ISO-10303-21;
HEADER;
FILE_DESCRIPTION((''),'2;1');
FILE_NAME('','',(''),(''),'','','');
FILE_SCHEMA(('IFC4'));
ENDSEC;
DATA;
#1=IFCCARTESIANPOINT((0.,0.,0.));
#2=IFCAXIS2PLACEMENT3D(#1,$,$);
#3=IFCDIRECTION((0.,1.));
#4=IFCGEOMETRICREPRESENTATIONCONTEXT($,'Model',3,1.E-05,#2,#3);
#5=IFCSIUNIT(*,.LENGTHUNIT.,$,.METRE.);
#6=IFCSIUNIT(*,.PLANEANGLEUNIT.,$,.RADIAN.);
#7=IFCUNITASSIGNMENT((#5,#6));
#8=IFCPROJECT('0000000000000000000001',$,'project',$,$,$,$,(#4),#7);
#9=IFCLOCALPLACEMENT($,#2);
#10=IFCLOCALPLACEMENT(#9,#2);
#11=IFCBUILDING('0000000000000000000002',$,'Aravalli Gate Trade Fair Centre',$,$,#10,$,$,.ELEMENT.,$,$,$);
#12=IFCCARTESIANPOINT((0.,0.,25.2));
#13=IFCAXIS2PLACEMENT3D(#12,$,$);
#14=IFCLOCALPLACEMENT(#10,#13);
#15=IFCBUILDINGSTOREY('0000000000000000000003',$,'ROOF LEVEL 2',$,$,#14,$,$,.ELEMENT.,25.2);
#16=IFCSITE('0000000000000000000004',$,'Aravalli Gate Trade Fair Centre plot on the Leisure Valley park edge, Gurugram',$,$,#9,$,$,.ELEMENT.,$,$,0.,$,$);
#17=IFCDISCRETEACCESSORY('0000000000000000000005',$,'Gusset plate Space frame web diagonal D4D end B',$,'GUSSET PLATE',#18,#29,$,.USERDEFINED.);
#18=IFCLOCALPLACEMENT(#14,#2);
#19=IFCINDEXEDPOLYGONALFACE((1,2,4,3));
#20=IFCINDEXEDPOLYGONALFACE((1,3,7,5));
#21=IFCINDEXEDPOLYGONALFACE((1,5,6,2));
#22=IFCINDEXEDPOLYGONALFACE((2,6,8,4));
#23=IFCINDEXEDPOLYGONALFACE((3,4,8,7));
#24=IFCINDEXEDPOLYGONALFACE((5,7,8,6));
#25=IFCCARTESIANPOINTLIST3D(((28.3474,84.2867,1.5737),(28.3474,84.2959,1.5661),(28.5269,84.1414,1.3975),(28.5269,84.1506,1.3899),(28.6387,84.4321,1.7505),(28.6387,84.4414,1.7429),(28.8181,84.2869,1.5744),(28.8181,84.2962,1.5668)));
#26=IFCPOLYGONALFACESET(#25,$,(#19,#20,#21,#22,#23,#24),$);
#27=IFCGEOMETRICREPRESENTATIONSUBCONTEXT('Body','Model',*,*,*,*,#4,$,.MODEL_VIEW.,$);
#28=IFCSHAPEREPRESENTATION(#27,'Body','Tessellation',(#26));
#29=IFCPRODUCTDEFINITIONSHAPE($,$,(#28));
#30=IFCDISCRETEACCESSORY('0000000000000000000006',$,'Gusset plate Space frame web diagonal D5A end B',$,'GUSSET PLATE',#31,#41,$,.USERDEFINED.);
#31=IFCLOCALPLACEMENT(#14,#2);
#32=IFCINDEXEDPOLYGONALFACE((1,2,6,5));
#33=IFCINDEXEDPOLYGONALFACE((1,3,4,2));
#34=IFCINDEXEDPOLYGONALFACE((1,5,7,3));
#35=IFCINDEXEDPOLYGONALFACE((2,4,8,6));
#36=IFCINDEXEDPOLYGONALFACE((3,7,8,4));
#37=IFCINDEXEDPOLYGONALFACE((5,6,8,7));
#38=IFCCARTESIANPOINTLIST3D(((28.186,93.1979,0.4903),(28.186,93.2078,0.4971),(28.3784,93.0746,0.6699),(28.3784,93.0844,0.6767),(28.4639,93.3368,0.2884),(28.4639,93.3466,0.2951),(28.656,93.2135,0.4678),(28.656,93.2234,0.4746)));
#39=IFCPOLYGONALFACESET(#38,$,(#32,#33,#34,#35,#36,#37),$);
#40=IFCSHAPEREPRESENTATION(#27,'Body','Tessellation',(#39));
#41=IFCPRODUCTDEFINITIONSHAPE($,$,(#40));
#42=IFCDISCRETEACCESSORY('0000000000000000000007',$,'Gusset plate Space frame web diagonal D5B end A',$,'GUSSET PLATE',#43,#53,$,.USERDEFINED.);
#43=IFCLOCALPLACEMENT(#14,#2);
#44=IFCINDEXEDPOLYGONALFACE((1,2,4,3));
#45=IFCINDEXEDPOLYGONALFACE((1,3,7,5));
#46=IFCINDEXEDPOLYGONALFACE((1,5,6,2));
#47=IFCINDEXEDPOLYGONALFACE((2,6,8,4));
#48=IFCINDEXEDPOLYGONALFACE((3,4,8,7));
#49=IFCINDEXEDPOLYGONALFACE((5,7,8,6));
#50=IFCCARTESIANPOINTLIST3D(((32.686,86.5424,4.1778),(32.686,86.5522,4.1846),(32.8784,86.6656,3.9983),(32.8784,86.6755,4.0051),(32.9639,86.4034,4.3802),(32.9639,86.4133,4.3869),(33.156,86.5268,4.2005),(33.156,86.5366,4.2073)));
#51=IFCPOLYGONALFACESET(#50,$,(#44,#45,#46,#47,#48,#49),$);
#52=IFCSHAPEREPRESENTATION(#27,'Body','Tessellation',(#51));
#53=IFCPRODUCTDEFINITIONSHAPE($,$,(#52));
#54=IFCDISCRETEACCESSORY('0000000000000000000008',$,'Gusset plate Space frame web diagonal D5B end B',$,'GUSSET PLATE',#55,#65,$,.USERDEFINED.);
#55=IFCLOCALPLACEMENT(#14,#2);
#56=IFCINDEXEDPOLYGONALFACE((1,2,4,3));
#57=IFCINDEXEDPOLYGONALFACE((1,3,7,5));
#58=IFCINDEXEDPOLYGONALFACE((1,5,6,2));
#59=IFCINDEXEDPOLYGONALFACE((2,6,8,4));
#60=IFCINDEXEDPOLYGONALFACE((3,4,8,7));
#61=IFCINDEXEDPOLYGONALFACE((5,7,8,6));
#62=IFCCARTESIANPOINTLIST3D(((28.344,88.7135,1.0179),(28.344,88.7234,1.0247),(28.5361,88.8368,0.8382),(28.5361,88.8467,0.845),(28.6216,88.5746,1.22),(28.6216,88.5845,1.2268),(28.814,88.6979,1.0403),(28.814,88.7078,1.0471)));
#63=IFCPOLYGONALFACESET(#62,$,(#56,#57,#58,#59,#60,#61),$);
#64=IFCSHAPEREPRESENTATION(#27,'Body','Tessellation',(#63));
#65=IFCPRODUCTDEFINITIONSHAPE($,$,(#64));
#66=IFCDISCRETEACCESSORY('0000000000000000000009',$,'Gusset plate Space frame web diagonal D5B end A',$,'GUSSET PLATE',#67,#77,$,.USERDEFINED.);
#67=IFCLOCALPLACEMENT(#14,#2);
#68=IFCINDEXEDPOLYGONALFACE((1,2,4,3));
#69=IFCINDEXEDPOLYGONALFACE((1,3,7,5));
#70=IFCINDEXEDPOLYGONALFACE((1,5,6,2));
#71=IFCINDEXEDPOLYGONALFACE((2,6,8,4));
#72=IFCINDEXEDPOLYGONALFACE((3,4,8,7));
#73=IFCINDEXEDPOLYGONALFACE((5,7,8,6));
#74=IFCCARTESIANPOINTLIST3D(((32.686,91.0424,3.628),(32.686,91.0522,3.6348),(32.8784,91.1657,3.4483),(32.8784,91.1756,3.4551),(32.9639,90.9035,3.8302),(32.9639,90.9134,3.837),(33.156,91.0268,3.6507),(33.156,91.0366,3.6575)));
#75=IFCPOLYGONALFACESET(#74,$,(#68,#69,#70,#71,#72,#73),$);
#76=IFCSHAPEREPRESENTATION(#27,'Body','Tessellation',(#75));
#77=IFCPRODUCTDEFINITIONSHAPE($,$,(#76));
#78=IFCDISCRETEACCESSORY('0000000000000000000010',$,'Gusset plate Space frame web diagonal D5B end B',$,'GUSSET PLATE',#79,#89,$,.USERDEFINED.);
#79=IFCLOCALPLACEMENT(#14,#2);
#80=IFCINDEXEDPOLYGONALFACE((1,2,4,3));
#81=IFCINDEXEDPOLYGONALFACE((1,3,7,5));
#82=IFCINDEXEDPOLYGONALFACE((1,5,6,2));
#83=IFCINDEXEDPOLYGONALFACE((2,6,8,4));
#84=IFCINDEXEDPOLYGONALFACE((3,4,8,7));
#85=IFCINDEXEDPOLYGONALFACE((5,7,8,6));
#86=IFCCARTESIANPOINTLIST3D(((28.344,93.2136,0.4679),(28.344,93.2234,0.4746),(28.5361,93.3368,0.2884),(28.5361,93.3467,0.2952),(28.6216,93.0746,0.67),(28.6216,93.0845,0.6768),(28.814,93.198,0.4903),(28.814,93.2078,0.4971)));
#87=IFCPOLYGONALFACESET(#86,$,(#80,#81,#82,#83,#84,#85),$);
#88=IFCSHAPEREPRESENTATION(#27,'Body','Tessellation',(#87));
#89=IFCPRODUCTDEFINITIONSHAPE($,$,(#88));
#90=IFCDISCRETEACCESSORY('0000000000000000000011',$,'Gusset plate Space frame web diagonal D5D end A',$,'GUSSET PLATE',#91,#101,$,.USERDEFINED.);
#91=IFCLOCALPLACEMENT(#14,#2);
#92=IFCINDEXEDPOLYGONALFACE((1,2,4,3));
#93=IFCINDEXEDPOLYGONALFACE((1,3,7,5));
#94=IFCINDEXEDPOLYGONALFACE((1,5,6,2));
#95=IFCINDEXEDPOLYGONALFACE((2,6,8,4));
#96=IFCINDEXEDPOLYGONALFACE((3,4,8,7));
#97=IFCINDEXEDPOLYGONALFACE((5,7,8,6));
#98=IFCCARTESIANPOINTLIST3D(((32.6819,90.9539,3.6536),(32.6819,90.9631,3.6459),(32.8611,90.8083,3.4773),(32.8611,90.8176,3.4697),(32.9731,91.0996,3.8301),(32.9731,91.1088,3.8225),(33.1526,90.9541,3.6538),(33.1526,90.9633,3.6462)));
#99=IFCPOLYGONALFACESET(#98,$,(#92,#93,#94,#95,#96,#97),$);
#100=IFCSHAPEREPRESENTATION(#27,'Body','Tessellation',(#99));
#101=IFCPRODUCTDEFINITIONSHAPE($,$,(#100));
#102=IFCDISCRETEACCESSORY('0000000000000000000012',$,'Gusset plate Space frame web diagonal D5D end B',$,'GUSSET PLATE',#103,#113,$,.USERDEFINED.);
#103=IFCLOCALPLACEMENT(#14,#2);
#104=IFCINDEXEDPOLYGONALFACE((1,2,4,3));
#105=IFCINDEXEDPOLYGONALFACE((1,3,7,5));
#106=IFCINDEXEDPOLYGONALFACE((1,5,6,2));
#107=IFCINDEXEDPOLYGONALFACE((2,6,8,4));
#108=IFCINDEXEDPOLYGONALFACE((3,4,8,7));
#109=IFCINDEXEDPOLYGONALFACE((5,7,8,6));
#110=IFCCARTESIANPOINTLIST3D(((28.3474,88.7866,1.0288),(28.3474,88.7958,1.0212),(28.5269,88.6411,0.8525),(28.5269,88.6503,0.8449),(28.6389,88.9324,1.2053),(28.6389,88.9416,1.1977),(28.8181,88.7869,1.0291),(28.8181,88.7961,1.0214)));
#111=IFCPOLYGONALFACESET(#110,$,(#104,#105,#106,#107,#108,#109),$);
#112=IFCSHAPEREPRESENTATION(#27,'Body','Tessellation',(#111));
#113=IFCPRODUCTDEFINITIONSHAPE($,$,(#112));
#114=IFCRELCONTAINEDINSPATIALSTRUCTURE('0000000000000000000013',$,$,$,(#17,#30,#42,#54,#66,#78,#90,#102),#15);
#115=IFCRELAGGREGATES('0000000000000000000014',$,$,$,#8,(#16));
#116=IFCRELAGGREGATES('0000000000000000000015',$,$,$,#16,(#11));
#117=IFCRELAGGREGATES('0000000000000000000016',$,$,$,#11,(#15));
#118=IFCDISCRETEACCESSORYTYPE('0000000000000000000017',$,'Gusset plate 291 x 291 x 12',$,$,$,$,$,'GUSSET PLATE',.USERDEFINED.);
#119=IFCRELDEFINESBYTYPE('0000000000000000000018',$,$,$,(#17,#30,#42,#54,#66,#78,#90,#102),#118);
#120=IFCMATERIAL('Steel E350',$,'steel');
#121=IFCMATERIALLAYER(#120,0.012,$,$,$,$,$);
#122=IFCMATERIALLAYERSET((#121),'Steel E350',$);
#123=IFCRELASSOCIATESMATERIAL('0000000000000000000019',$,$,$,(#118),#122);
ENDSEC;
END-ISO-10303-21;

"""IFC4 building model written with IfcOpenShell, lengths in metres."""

from ifc_helpers import new_model, si_unit, direction, frame, origin, place, context, subcontext, project, spatial, polyline, outline, extrude, material, layer, layer_set, type_object, element, save


model = new_model("IFC4")

# Units and contexts
model_context = context("Model", 3, precision=1e-05, world=origin(), true_north=direction((0.0, 1.0)))
body_context = subcontext(model_context, "Body", "Model", "MODEL_VIEW")
ifc_project = project(units=[si_unit("LENGTHUNIT", "METRE"), si_unit("PLANEANGLEUNIT", "RADIAN")], contexts=[model_context])

# Site, building, storey
site_placement = place(None, origin())
site = spatial("IfcSite", under=ifc_project, at=site_placement, Name="Aravalli Gate Trade Fair Centre plot on the Leisure Valley park edge, Gurugram", CompositionType="ELEMENT", RefElevation=0.0)
building_placement = place(site_placement, origin())
building = spatial("IfcBuilding", under=site, at=building_placement, Name="Aravalli Gate Trade Fair Centre", CompositionType="ELEMENT")
storey_placement = place(building_placement, frame((0.0, 0.0, 25.2)))
storey = spatial("IfcBuildingStorey", under=building, at=storey_placement, Name="ROOF LEVEL 2", CompositionType="ELEMENT", Elevation=25.2)

# Shared definitions
ifc_material_1 = material(Name="Steel E350", Category="steel")

# Discrete accessories
ifc_layer_1 = layer(ifc_material_1, 0.012)
ifc_layer_set_1 = layer_set([ifc_layer_1], Name="Steel E350")
discrete_accessory_type = type_object("IfcDiscreteAccessoryType", Name="Gusset plate 291 x 291 x 12", ElementType="GUSSET PLATE", PredefinedType="USERDEFINED", material=ifc_layer_set_1)
discrete_accessory_1_placement = place(storey_placement, frame((28.6387, 84.4321, 1.7505), z_axis=(-0.000589, -0.771792, 0.635874), x_axis=(-0.78619, -0.392604, -0.477251)))
element("IfcDiscreteAccessory", 1, at=discrete_accessory_1_placement, inside=storey, type_object=discrete_accessory_type, Name="Gusset plate Space frame web diagonal D4D end B", ObjectType="GUSSET PLATE", PredefinedType="USERDEFINED", context=body_context, shape_type="SweptSolid", body=[
    extrude(outline(polyline([(0.0, 0.0), (0.3705, 0.0), (0.3705, 0.2905), (0.0, 0.2903), (0.0, 0.0)])), origin(), (0.0, 0.0, -1.0), 0.012),
])
discrete_accessory_2_placement = place(storey_placement, frame((28.186, 93.2078, 0.4971), z_axis=(-0.000339, 0.824216, 0.566276), x_axis=(0.749929, 0.374811, -0.545089)))
element("IfcDiscreteAccessory", 2, at=discrete_accessory_2_placement, inside=storey, type_object=discrete_accessory_type, Name="Gusset plate Space frame web diagonal D5A end B", ObjectType="GUSSET PLATE", PredefinedType="USERDEFINED", context=body_context, shape_type="SweptSolid", body=[
    extrude(outline(polyline([(0.0, 0.0), (0.3705, 0.0), (0.3705, -0.2904), (0.0001, -0.2907), (0.0, 0.0)])), origin(), (0.0, 0.0, -1.0), 0.012),
])
discrete_accessory_3_placement = place(storey_placement, frame((32.686, 86.5522, 4.1846), z_axis=(0.000059, 0.824356, 0.566072), x_axis=(0.749391, -0.374849, 0.545804)))
element("IfcDiscreteAccessory", 3, at=discrete_accessory_3_placement, inside=storey, type_object=discrete_accessory_type, Name="Gusset plate Space frame web diagonal D5B end A", ObjectType="GUSSET PLATE", PredefinedType="USERDEFINED", context=body_context, shape_type="SweptSolid", body=[
    extrude(outline(polyline([(0.0, 0.0), (0.3707, 0.0), (0.3704, 0.2905), (0.0, 0.2905), (0.0, 0.0)])), origin(), (0.0, 0.0, -1.0), 0.012),
])
discrete_accessory_4_placement = place(storey_placement, frame((28.6216, 88.5845, 1.2268), z_axis=(0.000356, 0.824387, 0.566027), x_axis=(-0.749371, 0.375015, -0.545716)))
element("IfcDiscreteAccessory", 4, at=discrete_accessory_4_placement, inside=storey, type_object=discrete_accessory_type, Name="Gusset plate Space frame web diagonal D5B end B", ObjectType="GUSSET PLATE", PredefinedType="USERDEFINED", context=body_context, shape_type="SweptSolid", body=[
    extrude(outline(polyline([(0.0, 0.0), (0.3704, 0.0), (0.3707, -0.2905), (0.0001, -0.2907), (0.0, 0.0)])), origin(), (0.0, 0.0, -1.0), 0.012),
])
discrete_accessory_5_placement = place(storey_placement, frame((32.686, 91.0522, 3.6348), z_axis=(0.000059, 0.824356, 0.566072), x_axis=(0.74966, -0.374676, 0.545552)))
element("IfcDiscreteAccessory", 5, at=discrete_accessory_5_placement, inside=storey, type_object=discrete_accessory_type, Name="Gusset plate Space frame web diagonal D5B end A", ObjectType="GUSSET PLATE", PredefinedType="USERDEFINED", context=body_context, shape_type="SweptSolid", body=[
    extrude(outline(polyline([(0.0, 0.0), (0.3706, 0.0), (0.3706, 0.2904), (0.0, 0.2907), (0.0, 0.0)])), origin(), (0.0, 0.0, -1.0), 0.012),
])
discrete_accessory_6_placement = place(storey_placement, frame((28.6216, 93.0845, 0.6768), z_axis=(0.000339, 0.824216, 0.566276), x_axis=(-0.749371, 0.375169, -0.545611)))
element("IfcDiscreteAccessory", 6, at=discrete_accessory_6_placement, inside=storey, type_object=discrete_accessory_type, Name="Gusset plate Space frame web diagonal D5B end B", ObjectType="GUSSET PLATE", PredefinedType="USERDEFINED", context=body_context, shape_type="SweptSolid", body=[
    extrude(outline(polyline([(0.0, 0.0), (0.3704, 0.0), (0.3706, -0.2904), (0.0001, -0.2907), (0.0, 0.0)])), origin(), (0.0, 0.0, -1.0), 0.012),
])
discrete_accessory_7_placement = place(storey_placement, frame((32.6819, 90.9539, 3.6536), z_axis=(0.00007, -0.771155, 0.636648), x_axis=(0.786233, 0.393446, 0.476485)))
element("IfcDiscreteAccessory", 7, at=discrete_accessory_7_placement, inside=storey, type_object=discrete_accessory_type, Name="Gusset plate Space frame web diagonal D5D end A", ObjectType="GUSSET PLATE", PredefinedType="USERDEFINED", context=body_context, shape_type="SweptSolid", body=[
    extrude(outline(polyline([(0.0, 0.0), (0.3704, 0.0), (0.3703, -0.2906), (-0.0003, -0.2904), (0.0, 0.0)])), origin(), (0.0, 0.0, -1.0), 0.012),
])
discrete_accessory_8_placement = place(storey_placement, frame((28.6389, 88.9324, 1.2053), z_axis=(0.00007, -0.771155, 0.636648), x_axis=(-0.786484, -0.393242, -0.476238)))
element("IfcDiscreteAccessory", 8, at=discrete_accessory_8_placement, inside=storey, type_object=discrete_accessory_type, Name="Gusset plate Space frame web diagonal D5D end B", ObjectType="GUSSET PLATE", PredefinedType="USERDEFINED", context=body_context, shape_type="SweptSolid", body=[
    extrude(outline(polyline([(0.0, 0.0), (0.3706, 0.0), (0.3707, 0.2906), (0.0002, 0.2904), (0.0, 0.0)])), origin(), (0.0, 0.0, -1.0), 0.012),
])

save(model, "model.ifc")
